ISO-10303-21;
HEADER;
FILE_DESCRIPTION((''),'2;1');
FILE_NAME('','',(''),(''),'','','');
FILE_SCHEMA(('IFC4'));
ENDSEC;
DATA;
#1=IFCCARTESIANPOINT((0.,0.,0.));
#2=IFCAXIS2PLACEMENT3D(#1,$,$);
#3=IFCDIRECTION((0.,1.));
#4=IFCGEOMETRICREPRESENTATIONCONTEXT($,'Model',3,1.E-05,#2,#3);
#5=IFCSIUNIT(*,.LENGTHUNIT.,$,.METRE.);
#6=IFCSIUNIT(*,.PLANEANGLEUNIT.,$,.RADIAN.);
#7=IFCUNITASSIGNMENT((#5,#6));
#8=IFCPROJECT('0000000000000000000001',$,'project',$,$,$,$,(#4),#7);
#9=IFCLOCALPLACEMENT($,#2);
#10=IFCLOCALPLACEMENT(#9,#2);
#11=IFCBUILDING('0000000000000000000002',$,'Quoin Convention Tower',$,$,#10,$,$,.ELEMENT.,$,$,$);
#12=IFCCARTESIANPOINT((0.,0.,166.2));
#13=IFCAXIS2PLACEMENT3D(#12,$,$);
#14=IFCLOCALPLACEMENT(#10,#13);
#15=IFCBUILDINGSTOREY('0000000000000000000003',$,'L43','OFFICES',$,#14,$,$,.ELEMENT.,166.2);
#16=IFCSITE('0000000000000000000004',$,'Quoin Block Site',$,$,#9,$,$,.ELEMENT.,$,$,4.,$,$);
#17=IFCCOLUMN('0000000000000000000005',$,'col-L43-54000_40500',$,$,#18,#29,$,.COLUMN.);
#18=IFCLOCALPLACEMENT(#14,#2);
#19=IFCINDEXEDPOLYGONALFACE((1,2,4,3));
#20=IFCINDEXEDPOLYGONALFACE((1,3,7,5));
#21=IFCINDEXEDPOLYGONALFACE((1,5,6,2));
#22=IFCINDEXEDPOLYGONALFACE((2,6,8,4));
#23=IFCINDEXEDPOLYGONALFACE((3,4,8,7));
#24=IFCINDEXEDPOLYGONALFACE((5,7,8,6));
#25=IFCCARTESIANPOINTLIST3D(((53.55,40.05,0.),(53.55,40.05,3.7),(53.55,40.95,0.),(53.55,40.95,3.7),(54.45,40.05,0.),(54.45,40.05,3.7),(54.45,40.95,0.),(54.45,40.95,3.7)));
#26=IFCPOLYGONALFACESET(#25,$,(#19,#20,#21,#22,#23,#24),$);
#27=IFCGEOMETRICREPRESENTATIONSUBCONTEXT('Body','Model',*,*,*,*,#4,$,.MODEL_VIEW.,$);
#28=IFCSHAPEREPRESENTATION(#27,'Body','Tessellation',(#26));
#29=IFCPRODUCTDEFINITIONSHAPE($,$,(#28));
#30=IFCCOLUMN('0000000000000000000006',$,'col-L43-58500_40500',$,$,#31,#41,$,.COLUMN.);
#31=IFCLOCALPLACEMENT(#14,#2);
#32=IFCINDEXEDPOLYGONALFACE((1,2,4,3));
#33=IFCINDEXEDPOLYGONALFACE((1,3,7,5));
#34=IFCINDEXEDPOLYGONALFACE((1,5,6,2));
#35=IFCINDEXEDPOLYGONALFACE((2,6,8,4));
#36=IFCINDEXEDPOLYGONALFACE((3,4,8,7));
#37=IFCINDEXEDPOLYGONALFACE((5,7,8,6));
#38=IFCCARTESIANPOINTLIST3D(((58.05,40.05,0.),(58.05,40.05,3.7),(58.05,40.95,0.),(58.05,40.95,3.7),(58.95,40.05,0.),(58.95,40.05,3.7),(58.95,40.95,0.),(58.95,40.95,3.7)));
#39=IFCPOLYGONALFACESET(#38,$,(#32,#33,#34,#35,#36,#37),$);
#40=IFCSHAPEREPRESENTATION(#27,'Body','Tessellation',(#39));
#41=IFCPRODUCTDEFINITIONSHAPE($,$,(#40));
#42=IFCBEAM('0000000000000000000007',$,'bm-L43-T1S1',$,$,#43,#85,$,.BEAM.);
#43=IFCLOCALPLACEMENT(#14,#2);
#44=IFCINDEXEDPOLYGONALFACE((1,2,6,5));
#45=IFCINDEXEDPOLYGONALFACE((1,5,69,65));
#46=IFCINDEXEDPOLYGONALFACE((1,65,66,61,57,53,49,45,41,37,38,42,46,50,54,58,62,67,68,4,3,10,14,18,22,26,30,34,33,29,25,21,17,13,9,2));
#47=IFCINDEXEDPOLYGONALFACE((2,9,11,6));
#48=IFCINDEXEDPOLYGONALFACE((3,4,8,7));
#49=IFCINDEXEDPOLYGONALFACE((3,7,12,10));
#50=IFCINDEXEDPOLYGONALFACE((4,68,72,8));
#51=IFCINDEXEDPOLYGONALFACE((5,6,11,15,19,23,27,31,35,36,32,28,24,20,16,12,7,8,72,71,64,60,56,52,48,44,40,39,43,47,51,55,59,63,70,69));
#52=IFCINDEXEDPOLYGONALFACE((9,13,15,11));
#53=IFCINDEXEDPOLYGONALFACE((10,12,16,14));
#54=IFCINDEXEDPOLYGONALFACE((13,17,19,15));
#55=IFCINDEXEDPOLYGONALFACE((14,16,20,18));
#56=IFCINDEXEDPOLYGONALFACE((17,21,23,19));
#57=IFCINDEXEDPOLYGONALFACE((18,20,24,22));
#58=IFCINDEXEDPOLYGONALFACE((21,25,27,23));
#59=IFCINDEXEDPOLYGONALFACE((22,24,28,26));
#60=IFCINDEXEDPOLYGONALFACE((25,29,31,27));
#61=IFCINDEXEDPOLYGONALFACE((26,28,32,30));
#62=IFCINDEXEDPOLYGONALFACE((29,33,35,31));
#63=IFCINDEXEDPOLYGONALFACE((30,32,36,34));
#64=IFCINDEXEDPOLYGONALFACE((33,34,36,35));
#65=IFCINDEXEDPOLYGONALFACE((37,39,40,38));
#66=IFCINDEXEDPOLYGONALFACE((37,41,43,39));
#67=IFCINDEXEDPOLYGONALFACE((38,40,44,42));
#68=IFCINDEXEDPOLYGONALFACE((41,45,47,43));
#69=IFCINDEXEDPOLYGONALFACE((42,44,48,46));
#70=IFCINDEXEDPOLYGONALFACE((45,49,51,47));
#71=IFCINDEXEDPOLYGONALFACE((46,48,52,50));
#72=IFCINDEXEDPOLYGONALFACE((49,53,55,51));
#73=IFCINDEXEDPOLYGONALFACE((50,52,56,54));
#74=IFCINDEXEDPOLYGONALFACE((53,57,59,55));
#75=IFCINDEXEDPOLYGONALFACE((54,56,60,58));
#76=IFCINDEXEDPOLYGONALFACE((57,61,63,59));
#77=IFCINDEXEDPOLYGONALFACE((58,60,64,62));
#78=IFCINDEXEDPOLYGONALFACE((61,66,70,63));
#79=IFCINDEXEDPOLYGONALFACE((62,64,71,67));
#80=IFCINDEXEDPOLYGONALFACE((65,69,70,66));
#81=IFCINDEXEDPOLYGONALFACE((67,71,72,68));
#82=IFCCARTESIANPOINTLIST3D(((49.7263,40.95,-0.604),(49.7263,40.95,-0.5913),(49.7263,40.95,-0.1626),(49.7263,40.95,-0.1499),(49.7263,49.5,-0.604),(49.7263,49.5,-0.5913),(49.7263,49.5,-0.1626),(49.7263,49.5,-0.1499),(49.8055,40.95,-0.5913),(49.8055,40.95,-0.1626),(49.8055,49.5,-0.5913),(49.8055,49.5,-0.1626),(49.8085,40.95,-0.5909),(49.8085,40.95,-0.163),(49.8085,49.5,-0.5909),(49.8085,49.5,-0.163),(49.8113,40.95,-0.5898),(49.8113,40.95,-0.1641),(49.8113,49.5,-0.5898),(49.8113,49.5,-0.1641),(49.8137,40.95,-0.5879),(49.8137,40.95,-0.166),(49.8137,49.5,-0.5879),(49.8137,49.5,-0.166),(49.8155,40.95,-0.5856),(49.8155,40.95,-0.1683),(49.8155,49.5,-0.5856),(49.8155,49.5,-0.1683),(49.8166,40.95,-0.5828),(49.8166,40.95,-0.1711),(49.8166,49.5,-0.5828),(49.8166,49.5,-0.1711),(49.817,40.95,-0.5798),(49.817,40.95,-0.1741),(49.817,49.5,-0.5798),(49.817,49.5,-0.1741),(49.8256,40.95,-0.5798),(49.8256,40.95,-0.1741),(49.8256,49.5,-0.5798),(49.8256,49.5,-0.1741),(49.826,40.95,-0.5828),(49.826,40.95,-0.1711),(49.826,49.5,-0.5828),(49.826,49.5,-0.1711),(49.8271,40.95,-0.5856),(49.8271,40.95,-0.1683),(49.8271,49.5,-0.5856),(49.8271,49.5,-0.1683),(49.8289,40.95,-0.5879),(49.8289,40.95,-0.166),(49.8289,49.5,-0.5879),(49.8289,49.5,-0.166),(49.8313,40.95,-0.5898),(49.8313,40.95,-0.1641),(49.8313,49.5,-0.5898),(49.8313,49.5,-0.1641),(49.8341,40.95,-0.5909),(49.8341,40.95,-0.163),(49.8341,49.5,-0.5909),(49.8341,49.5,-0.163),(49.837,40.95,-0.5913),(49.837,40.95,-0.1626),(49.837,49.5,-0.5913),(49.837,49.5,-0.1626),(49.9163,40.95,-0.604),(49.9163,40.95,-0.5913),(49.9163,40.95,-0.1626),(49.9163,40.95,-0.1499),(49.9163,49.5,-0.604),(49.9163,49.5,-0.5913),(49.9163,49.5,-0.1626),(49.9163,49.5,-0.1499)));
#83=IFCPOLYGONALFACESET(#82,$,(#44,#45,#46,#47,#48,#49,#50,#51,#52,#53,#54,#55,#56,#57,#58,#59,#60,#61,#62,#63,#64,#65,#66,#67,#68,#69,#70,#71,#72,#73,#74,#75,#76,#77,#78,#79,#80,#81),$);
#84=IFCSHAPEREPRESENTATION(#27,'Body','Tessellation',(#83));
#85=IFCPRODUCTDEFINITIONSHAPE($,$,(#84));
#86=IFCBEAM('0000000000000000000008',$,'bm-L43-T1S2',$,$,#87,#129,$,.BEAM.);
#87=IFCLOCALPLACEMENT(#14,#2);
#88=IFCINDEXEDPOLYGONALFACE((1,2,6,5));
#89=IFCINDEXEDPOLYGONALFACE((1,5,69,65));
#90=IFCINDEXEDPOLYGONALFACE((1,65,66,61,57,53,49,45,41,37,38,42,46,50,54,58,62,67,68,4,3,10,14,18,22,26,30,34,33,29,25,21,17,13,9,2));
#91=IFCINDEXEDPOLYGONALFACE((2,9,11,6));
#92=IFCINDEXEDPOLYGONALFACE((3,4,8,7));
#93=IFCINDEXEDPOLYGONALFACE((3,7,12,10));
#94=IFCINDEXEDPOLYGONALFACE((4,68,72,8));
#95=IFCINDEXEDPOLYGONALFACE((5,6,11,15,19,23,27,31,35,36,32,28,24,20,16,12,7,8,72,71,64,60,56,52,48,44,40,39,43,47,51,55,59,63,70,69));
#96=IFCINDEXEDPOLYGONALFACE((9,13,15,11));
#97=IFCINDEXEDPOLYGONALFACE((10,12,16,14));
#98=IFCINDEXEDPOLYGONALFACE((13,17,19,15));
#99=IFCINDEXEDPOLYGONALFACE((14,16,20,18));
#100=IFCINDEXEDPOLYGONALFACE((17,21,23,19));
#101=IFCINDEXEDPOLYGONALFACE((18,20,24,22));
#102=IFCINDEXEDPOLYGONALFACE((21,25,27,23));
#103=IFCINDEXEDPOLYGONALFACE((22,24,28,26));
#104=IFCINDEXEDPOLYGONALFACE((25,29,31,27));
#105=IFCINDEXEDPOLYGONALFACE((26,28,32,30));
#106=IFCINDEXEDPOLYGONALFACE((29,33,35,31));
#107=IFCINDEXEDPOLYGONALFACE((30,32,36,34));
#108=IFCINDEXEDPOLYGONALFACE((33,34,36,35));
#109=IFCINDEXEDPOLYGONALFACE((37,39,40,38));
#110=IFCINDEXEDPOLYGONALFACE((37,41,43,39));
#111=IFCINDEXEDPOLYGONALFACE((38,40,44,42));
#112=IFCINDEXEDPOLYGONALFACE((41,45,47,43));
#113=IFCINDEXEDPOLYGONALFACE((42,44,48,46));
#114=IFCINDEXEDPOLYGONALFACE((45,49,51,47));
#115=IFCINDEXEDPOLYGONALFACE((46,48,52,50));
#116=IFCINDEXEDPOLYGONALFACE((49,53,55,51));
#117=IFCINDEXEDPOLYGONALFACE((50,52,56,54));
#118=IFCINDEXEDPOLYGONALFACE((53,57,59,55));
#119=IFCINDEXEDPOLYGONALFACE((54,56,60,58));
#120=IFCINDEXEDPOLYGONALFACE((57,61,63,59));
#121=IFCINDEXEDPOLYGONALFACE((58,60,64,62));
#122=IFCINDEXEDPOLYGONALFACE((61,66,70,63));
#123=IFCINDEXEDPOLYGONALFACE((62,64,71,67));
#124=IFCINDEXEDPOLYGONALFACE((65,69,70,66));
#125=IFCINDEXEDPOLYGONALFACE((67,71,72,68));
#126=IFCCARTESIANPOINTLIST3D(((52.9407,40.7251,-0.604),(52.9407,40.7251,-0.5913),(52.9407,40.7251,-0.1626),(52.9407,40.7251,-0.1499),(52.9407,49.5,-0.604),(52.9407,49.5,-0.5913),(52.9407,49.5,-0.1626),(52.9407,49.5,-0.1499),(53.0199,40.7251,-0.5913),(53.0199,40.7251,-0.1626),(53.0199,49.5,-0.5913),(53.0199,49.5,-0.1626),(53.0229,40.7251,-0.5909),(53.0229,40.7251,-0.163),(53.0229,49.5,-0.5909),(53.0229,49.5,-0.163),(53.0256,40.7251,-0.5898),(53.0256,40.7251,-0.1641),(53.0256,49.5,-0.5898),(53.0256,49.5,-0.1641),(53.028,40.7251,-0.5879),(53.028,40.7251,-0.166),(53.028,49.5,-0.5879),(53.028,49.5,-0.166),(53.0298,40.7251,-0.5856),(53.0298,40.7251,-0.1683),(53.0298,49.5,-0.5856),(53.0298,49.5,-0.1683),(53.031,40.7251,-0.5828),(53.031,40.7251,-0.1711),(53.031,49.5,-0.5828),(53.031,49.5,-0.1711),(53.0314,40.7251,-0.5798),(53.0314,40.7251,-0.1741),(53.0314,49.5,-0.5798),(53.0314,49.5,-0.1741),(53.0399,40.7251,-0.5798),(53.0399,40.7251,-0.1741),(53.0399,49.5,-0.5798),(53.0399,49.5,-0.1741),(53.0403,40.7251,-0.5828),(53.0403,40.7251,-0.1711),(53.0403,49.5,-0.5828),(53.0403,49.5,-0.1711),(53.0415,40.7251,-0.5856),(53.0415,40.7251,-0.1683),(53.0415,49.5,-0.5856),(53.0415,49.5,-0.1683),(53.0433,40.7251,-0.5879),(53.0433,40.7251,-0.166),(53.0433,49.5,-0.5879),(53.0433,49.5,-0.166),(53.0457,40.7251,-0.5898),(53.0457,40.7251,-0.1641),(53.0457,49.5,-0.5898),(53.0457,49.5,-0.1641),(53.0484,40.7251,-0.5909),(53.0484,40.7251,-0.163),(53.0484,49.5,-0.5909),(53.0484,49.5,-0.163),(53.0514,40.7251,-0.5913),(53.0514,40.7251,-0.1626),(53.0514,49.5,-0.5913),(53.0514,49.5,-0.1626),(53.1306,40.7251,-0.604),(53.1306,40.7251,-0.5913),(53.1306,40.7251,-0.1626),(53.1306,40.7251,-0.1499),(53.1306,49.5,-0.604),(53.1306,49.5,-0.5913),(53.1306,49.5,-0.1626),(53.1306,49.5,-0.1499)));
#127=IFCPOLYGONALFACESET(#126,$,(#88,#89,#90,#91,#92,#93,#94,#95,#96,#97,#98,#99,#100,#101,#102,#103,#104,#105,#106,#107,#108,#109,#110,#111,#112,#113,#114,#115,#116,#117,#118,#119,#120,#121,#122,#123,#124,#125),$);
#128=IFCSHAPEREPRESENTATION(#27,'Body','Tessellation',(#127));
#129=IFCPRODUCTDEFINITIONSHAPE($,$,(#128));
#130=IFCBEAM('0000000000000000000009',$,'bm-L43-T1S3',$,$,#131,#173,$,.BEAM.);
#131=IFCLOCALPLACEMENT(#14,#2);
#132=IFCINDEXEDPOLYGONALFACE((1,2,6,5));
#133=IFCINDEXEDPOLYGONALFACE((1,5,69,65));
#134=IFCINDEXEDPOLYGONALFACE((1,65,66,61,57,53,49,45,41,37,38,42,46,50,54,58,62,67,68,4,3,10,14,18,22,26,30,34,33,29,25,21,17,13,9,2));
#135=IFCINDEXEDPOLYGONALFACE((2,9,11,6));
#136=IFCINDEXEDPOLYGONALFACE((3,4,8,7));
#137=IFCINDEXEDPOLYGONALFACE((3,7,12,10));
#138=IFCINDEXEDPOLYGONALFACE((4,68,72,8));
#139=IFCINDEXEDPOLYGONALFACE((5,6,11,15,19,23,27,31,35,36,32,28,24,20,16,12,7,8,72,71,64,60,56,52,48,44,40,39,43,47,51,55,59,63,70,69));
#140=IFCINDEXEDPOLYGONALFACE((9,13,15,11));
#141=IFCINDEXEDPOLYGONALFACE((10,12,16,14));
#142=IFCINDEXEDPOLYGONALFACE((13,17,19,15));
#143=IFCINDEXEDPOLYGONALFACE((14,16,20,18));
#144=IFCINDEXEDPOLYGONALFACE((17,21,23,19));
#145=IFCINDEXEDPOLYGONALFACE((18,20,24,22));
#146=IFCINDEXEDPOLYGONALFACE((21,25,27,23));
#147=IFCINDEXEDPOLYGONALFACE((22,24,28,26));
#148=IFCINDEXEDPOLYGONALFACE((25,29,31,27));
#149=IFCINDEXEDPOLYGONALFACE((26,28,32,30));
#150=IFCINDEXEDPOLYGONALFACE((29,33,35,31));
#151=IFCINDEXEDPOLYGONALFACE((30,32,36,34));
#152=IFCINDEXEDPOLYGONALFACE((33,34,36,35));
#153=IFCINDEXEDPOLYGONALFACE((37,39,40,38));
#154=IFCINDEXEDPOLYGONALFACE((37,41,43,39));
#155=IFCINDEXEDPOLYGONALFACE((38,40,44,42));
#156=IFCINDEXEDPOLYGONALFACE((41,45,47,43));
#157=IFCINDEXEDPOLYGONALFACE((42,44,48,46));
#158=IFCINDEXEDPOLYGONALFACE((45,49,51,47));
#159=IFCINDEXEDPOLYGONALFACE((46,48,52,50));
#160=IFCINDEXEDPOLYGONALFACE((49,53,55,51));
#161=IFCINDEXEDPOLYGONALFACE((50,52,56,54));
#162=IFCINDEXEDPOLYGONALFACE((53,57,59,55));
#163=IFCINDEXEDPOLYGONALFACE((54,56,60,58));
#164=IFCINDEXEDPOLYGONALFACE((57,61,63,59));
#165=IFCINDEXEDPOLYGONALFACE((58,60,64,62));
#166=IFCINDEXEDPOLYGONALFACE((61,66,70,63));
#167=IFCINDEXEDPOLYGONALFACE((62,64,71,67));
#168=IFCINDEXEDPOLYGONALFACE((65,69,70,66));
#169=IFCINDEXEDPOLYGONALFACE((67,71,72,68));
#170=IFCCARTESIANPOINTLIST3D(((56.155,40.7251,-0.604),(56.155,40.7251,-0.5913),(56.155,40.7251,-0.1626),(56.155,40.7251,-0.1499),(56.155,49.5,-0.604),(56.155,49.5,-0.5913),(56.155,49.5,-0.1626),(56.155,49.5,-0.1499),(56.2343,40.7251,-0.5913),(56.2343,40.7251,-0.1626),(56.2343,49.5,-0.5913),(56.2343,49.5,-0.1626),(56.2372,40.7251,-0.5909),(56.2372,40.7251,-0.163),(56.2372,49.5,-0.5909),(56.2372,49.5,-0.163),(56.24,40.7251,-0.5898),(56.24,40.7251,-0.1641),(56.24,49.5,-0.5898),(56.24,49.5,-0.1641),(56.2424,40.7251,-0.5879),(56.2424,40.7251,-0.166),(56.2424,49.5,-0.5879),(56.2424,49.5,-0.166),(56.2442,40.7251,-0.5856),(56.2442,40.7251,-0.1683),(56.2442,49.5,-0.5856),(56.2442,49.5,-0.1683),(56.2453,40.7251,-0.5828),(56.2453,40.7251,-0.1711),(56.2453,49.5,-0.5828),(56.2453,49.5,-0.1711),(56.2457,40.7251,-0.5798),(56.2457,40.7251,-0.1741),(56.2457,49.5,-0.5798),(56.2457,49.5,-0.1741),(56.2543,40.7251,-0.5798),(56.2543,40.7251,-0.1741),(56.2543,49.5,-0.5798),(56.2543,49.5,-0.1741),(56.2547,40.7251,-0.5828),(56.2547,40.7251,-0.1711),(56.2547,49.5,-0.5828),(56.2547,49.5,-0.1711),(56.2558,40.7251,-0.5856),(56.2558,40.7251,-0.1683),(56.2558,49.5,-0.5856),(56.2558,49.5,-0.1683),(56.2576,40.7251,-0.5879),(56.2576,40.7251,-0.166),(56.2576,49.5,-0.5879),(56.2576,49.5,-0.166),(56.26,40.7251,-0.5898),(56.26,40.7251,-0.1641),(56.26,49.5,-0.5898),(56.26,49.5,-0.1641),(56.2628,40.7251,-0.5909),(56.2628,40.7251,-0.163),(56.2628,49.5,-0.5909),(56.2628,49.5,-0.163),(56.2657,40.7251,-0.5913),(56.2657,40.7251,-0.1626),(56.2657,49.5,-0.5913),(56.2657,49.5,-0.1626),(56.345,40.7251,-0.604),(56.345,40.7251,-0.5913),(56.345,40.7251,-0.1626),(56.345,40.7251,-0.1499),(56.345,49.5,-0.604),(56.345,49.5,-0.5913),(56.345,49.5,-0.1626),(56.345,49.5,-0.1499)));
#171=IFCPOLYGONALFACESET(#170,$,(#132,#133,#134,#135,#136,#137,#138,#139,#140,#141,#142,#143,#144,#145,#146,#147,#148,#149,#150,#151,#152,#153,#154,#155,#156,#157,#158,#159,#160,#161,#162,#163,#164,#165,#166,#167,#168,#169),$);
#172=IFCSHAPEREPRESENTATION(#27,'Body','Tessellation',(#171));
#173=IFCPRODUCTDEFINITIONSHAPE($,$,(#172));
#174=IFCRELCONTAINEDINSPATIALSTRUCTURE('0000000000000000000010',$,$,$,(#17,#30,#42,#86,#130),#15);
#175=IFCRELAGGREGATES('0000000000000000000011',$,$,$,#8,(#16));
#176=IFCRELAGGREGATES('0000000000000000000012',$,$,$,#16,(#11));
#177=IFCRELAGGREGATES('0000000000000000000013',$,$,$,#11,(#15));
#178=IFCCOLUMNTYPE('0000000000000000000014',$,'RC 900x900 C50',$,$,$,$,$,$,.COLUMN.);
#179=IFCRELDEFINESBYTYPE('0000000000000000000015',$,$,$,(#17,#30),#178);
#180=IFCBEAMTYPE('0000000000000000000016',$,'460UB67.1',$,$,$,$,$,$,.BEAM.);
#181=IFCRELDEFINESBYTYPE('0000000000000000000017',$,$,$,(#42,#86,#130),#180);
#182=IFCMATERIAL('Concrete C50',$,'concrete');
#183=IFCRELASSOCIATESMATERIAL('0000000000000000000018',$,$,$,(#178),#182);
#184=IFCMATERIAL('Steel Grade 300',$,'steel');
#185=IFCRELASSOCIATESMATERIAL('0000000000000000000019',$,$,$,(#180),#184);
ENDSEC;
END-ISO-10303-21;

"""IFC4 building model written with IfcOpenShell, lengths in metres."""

from ifc_helpers import new_model, si_unit, direction, frame, origin, origin_2d, place, context, subcontext, project, spatial, rectangle, i_section, extrude, material, material_profile, profile_set, type_object, element, save


model = new_model("IFC4")

# Units and contexts
model_context = context("Model", 3, precision=1e-05, world=origin(), true_north=direction((0.0, 1.0)))
body_context = subcontext(model_context, "Body", "Model", "MODEL_VIEW")
ifc_project = project(units=[si_unit("LENGTHUNIT", "METRE"), si_unit("PLANEANGLEUNIT", "RADIAN")], contexts=[model_context])

# Site, building, storey
site_placement = place(None, origin())
site = spatial("IfcSite", under=ifc_project, at=site_placement, Name="Quoin Block Site", CompositionType="ELEMENT", RefElevation=4.0)
building_placement = place(site_placement, origin())
building = spatial("IfcBuilding", under=site, at=building_placement, Name="Quoin Convention Tower", CompositionType="ELEMENT")
storey_placement = place(building_placement, frame((0.0, 0.0, 166.2)))
storey = spatial("IfcBuildingStorey", under=building, at=storey_placement, Name="L43", Description="OFFICES", CompositionType="ELEMENT", Elevation=166.2)

# Columns
ifc_material_1 = material(Name="Concrete C50", Category="concrete")
ifc_material_profile_1 = material_profile(ifc_material_1, rectangle(XDim=0.8999, YDim=0.8999, at=origin_2d()), Name="RC 900x900")
ifc_profile_set_1 = profile_set([ifc_material_profile_1], Name="Concrete C50")
column_type = type_object("IfcColumnType", Name="RC 900x900 C50", PredefinedType="COLUMN", material=ifc_profile_set_1)
for number, where, z_axis, x_axis, name in (
    (1, (54.0, 40.5, 0.0), (0.0, 0.0, 1.0), (1.0, 0.0, 0.0), "col-L43-54000_40500"),
    (2, (58.5, 40.5, 0.0), (0.0, 0.0, 1.0), (1.0, 0.0, 0.0), "col-L43-58500_40500"),
):
    element("IfcColumn", number, at=place(storey_placement, frame(where, z_axis=z_axis, x_axis=x_axis)), inside=storey, type_object=column_type, Name=name, PredefinedType="COLUMN", context=body_context, shape_type="SweptSolid", body=[
        extrude(rectangle(XDim=0.8999, YDim=0.8999, at=origin_2d()), origin(), (0.0, 0.0, 1.0), 3.7),
    ])

# Beams
ifc_material_2 = material(Name="Steel Grade 300", Category="steel")
ifc_material_profile_2 = material_profile(ifc_material_2, i_section(OverallWidth=0.1899, OverallDepth=0.4541, WebThickness=0.0085, FlangeThickness=0.0127, FilletRadius=0.0115, at=origin_2d()), Name="460UB67.1")
ifc_profile_set_2 = profile_set([ifc_material_profile_2], Name="Steel Grade 300")
beam_type_1 = type_object("IfcBeamType", Name="460UB67.1", PredefinedType="BEAM", material=ifc_profile_set_2)
beam_1_placement = place(storey_placement, frame((49.8213, 40.95, -0.377), z_axis=(0.0, 1.0, 0.0), x_axis=(-1.0, 0.0, 0.0)))
element("IfcBeam", 3, at=beam_1_placement, inside=storey, type_object=beam_type_1, Name="bm-L43-T1S1", PredefinedType="BEAM", context=body_context, shape_type="SweptSolid", body=[
    extrude(i_section(OverallWidth=0.1899, OverallDepth=0.4541, WebThickness=0.0085, FlangeThickness=0.0127, FilletRadius=0.0115, at=origin_2d()), origin(), (0.0, 0.0, 1.0), 8.55),
])
for number, where, z_axis, x_axis, name in (
    (4, (53.0356, 40.7251, -0.377), (0.0, 1.0, 0.0), (-1.0, 0.0, 0.0), "bm-L43-T1S2"),
    (5, (56.25, 40.7251, -0.377), (0.0, 1.0, 0.0), (-1.0, 0.0, 0.0), "bm-L43-T1S3"),
):
    element("IfcBeam", number, at=place(storey_placement, frame(where, z_axis=z_axis, x_axis=x_axis)), inside=storey, type_object=beam_type_1, Name=name, PredefinedType="BEAM", context=body_context, shape_type="SweptSolid", body=[
        extrude(i_section(OverallWidth=0.1899, OverallDepth=0.4541, WebThickness=0.0085, FlangeThickness=0.0127, FilletRadius=0.0115, at=origin_2d()), origin(), (0.0, 0.0, 1.0), 8.7749),
    ])

save(model, "model.ifc")
